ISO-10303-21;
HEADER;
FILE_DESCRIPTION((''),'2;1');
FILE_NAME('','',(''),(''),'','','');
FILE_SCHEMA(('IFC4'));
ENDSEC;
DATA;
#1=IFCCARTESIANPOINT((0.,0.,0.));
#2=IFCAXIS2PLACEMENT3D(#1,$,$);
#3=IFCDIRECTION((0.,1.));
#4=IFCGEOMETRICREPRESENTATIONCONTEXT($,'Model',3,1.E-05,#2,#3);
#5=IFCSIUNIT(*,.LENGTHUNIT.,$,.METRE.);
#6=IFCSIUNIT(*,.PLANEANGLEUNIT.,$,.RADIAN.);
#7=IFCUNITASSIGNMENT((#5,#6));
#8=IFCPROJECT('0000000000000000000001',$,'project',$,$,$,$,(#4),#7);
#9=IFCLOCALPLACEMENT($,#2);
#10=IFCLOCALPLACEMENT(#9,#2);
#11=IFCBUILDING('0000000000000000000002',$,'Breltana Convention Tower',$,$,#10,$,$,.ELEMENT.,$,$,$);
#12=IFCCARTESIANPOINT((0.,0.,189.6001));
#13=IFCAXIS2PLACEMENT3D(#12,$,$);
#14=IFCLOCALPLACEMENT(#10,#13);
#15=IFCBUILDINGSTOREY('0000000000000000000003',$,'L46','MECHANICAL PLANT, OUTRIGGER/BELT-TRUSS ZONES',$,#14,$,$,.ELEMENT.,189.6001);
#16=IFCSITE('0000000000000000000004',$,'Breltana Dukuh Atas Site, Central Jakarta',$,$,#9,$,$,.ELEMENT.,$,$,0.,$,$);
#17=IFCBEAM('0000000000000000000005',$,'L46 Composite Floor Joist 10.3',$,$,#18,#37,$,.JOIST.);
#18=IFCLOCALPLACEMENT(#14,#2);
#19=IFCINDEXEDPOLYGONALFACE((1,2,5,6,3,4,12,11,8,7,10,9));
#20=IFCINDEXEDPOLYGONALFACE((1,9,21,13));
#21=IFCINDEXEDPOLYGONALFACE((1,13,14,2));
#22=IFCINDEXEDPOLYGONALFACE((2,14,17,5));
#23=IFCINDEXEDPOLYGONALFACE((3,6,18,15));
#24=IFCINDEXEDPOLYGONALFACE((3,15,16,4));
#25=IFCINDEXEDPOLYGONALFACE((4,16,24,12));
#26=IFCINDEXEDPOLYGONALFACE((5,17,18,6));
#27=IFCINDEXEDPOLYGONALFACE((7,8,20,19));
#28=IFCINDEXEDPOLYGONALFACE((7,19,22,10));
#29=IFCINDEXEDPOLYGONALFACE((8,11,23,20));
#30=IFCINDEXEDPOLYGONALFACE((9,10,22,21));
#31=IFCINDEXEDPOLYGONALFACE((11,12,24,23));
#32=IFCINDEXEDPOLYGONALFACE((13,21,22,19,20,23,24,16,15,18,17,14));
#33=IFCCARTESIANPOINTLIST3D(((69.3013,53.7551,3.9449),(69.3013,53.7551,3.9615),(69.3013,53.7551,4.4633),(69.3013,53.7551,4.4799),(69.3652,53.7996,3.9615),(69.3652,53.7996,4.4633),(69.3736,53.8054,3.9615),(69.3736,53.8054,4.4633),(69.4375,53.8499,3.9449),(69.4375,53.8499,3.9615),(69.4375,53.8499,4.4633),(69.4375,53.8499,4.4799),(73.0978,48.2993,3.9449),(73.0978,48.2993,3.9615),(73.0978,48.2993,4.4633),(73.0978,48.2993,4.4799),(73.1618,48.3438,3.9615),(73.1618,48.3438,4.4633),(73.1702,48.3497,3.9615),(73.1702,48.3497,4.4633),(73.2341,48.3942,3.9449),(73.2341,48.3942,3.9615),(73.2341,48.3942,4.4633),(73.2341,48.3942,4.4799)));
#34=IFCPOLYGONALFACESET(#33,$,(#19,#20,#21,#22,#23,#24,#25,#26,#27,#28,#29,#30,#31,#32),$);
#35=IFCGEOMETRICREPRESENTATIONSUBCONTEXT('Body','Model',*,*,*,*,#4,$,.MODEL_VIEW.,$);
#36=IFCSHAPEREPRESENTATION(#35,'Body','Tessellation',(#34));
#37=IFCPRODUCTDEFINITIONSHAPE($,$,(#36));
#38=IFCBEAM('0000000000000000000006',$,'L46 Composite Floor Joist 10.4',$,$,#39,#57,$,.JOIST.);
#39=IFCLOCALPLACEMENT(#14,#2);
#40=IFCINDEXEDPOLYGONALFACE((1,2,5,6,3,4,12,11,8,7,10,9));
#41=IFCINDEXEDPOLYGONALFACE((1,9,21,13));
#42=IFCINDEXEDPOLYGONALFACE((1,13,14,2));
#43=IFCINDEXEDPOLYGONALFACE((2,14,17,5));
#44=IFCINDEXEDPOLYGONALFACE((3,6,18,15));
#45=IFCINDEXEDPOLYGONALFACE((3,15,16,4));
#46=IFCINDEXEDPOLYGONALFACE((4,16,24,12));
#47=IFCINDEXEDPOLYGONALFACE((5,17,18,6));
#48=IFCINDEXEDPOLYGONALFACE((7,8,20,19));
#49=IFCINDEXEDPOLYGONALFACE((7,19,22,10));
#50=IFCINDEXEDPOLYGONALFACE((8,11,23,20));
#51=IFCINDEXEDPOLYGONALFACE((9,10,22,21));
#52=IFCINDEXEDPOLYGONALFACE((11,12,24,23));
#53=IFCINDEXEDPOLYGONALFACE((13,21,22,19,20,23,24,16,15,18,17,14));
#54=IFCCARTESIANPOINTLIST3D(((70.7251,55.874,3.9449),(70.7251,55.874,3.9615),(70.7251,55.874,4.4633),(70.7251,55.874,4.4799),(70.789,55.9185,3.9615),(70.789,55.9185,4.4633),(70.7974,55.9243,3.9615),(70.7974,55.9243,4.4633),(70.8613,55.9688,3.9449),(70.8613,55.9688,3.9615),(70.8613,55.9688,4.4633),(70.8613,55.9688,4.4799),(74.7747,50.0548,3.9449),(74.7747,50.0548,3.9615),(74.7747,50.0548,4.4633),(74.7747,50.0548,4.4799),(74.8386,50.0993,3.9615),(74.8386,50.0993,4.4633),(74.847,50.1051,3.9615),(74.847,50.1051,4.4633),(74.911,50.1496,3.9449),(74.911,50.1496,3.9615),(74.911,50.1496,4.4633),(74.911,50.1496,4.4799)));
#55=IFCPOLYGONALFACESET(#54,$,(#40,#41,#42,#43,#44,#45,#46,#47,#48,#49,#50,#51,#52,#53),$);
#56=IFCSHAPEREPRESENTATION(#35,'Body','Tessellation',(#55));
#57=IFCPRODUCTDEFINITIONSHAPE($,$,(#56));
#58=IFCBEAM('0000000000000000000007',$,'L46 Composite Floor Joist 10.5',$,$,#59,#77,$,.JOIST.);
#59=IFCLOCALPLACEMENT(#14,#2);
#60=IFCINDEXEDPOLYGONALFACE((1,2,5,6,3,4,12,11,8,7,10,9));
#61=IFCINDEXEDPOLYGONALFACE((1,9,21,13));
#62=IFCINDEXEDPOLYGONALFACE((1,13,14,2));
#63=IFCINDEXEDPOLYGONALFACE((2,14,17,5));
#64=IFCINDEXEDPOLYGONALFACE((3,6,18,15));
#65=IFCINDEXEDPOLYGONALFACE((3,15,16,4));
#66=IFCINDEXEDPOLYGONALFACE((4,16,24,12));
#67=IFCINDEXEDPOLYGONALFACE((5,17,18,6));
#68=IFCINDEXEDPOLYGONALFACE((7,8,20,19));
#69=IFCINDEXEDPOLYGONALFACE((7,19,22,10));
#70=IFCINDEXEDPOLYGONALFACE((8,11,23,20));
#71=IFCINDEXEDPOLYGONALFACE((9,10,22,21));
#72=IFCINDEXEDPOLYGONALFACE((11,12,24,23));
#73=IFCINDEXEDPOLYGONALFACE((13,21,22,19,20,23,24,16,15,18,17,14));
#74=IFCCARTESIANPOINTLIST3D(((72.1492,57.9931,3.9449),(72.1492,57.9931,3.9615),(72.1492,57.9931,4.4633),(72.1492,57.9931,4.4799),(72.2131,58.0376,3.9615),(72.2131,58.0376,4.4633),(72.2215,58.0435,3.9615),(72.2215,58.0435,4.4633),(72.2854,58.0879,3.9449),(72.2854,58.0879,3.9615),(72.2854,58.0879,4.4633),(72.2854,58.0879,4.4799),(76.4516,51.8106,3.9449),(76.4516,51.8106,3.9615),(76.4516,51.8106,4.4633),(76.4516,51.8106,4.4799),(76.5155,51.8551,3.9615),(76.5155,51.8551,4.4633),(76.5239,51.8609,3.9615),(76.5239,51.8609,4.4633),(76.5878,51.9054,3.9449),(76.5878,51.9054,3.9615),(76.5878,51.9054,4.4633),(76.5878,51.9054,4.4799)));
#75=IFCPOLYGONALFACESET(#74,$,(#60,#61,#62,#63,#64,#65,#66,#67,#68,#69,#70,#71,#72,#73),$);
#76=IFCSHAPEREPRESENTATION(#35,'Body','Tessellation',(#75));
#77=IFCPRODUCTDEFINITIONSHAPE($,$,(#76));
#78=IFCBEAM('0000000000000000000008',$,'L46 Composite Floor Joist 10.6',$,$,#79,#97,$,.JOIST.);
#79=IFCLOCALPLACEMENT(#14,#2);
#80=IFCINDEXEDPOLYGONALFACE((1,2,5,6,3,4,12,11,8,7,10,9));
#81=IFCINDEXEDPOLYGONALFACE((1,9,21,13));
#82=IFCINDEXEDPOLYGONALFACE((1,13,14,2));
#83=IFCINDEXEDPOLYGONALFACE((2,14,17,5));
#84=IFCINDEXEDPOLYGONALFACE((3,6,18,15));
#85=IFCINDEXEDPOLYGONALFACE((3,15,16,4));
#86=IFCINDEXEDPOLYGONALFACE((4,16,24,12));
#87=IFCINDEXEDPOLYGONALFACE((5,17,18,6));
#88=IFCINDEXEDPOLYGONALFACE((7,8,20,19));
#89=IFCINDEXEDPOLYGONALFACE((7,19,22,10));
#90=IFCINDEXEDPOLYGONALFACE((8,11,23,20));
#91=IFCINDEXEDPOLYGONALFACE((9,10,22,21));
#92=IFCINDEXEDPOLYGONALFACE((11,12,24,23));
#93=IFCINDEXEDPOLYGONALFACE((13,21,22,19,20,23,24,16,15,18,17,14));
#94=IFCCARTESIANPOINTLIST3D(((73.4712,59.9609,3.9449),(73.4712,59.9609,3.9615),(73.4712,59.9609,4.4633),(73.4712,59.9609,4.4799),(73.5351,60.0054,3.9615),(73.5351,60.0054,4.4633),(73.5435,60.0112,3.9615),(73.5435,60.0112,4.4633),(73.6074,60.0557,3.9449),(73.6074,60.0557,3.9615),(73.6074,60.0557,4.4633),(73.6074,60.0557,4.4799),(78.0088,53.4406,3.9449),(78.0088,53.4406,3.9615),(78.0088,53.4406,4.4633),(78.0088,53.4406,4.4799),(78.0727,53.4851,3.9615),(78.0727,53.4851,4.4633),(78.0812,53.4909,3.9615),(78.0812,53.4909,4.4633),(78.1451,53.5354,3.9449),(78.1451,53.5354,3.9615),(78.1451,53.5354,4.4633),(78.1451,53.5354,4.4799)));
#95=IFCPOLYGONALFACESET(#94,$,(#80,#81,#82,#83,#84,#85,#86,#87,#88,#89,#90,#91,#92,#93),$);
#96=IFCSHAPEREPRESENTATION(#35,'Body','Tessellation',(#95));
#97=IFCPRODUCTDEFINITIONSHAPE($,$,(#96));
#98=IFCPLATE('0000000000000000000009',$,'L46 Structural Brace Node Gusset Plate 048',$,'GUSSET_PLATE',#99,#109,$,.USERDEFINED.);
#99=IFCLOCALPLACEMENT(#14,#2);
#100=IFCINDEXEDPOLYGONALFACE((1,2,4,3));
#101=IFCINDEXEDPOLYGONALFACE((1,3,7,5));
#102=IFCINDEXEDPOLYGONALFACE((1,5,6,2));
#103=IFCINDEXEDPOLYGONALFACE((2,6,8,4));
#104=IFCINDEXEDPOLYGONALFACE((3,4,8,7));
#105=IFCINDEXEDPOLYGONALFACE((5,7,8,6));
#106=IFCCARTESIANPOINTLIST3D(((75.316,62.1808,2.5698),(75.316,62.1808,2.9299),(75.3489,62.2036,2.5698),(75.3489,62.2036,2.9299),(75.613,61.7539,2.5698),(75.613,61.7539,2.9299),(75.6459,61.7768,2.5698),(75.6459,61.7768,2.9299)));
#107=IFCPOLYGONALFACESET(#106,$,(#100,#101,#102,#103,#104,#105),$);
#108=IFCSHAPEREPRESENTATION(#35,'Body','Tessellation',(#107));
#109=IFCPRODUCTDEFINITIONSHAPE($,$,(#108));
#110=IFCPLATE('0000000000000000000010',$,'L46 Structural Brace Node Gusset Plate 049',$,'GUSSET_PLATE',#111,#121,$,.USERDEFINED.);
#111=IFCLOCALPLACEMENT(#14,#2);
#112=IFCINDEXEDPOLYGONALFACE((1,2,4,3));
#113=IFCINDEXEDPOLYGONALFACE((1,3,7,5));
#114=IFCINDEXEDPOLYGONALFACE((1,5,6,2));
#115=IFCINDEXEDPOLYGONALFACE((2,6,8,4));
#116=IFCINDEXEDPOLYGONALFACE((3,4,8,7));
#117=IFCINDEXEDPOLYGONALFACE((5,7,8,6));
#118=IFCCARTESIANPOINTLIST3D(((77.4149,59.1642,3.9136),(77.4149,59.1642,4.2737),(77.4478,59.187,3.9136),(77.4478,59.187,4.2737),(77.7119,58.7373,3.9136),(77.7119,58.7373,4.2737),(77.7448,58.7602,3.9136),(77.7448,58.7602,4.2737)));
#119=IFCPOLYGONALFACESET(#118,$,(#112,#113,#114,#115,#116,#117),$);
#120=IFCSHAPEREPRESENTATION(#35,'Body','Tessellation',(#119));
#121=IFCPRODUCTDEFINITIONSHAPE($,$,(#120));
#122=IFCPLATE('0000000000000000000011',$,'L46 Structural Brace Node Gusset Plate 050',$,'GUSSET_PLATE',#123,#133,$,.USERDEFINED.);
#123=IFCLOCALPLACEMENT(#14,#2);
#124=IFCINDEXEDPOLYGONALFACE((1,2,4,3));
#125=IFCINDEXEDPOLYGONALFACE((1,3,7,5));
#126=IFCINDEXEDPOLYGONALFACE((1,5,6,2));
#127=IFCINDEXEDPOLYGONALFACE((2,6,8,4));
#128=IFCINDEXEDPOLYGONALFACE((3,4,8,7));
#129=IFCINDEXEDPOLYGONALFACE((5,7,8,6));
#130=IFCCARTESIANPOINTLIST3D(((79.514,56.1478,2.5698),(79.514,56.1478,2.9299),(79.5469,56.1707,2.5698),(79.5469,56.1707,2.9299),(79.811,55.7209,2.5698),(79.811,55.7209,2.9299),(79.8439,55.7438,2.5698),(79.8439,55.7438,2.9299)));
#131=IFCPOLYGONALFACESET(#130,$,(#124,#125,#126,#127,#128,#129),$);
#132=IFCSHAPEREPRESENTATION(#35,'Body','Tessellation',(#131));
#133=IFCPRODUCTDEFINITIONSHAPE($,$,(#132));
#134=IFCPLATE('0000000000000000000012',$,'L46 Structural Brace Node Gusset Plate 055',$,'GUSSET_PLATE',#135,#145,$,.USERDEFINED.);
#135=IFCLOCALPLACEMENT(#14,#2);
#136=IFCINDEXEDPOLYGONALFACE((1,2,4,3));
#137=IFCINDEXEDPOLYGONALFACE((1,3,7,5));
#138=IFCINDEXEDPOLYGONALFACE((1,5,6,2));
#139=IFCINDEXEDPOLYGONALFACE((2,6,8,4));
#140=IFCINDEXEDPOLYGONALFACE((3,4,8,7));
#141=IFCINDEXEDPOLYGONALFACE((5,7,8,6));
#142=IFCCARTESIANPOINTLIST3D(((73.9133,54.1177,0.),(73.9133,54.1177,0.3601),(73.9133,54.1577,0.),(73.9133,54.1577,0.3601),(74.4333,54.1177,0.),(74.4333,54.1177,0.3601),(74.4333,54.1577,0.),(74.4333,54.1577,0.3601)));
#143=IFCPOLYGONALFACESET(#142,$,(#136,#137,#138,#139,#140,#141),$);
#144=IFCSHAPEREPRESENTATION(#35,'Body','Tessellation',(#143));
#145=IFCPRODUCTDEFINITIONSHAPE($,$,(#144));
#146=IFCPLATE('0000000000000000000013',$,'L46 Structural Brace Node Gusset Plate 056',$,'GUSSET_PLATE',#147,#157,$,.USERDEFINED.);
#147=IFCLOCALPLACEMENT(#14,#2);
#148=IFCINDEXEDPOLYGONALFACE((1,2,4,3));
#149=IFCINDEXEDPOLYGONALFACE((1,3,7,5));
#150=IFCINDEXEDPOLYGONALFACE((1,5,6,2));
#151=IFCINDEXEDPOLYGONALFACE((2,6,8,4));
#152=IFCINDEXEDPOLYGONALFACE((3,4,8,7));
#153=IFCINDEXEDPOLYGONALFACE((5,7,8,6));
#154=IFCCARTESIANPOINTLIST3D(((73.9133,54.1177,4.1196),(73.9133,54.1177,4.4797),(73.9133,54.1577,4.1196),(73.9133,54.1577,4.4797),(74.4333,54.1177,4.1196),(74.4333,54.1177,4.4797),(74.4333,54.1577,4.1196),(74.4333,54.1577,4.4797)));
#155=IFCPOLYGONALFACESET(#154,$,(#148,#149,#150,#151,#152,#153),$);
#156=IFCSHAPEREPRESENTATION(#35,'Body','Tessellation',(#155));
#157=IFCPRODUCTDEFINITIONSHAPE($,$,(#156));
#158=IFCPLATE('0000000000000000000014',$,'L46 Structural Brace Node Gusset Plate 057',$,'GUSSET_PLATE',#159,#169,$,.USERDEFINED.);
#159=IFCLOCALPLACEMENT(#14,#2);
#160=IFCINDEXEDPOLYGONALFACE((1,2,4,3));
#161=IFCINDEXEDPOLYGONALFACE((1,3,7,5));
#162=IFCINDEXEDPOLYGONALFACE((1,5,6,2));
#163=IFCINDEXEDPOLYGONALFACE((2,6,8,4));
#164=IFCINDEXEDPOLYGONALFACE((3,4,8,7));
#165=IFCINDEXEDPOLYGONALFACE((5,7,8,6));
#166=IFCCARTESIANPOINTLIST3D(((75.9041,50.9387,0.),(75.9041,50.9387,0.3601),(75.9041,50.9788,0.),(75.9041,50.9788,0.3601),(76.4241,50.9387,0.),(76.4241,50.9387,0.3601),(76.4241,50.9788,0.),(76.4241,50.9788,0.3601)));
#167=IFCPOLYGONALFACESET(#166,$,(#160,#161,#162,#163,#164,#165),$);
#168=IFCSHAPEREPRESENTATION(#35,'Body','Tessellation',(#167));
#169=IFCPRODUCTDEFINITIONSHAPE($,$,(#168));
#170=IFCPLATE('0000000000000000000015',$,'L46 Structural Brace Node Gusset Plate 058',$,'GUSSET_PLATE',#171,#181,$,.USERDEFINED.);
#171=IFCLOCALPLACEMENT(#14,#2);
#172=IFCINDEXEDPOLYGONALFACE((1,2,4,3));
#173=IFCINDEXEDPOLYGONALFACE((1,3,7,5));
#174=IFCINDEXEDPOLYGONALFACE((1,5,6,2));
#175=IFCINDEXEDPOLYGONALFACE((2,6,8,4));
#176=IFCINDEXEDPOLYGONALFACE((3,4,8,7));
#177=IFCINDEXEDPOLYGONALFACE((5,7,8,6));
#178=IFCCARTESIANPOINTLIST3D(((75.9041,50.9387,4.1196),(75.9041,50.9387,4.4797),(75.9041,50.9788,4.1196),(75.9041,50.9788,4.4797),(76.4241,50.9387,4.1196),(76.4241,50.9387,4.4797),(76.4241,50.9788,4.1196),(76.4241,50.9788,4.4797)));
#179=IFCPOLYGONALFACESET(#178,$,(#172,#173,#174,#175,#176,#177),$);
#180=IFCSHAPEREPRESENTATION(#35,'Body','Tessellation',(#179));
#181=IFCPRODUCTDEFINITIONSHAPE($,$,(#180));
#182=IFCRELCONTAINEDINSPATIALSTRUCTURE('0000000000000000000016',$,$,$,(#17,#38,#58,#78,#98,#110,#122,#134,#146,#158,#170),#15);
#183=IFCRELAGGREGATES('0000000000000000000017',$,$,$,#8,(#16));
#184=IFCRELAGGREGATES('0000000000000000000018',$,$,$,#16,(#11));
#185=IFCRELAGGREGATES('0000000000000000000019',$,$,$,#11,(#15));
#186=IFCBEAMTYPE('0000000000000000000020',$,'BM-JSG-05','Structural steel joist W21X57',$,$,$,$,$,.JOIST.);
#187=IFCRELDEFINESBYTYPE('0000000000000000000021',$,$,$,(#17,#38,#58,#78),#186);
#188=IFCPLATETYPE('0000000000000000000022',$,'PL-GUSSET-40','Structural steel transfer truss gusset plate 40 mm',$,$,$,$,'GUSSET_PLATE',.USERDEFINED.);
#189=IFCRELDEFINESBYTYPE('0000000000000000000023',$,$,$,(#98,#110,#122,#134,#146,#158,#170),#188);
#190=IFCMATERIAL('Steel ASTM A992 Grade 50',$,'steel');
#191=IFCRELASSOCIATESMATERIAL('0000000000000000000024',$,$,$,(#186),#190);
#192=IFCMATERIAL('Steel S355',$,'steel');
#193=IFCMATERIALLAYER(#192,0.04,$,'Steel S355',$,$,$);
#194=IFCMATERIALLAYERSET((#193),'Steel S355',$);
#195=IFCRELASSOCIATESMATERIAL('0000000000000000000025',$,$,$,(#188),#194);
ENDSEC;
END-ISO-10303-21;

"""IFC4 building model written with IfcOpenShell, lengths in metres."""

from ifc_helpers import new_model, si_unit, direction, frame, origin, origin_2d, place, context, subcontext, project, spatial, rectangle, i_section, extrude, source, transform, mapped, material, layer, layer_set, material_profile, profile_set, type_object, element, save


model = new_model("IFC4")

# Units and contexts
model_context = context("Model", 3, precision=1e-05, world=origin(), true_north=direction((0.0, 1.0)))
body_context = subcontext(model_context, "Body", "Model", "MODEL_VIEW")
ifc_project = project(units=[si_unit("LENGTHUNIT", "METRE"), si_unit("PLANEANGLEUNIT", "RADIAN")], contexts=[model_context])

# Site, building, storey
site_placement = place(None, origin())
site = spatial("IfcSite", under=ifc_project, at=site_placement, Name="Breltana Dukuh Atas Site, Central Jakarta", CompositionType="ELEMENT", RefElevation=0.0)
building_placement = place(site_placement, origin())
building = spatial("IfcBuilding", under=site, at=building_placement, Name="Breltana Convention Tower", CompositionType="ELEMENT")
storey_placement = place(building_placement, frame((0.0, 0.0, 189.6001)))
storey = spatial("IfcBuildingStorey", under=building, at=storey_placement, Name="L46", Description="MECHANICAL PLANT, OUTRIGGER/BELT-TRUSS ZONES", CompositionType="ELEMENT", Elevation=189.6001)

# Beams
ifc_material_1 = material(Name="Steel ASTM A992 Grade 50", Category="steel")
ifc_material_profile_1 = material_profile(ifc_material_1, i_section(OverallWidth=0.166, OverallDepth=0.5349, WebThickness=0.0103, FlangeThickness=0.0166, at=origin_2d()), Name="W21X57")
ifc_profile_set_1 = profile_set([ifc_material_profile_1], Name="Steel ASTM A992 Grade 50")
beam_type = type_object("IfcBeamType", Name="BM-JSG-05", Description="Structural steel joist W21X57", PredefinedType="JOIST", material=ifc_profile_set_1)
shared_shape_1 = source(origin(), body_context, "Body", "SweptSolid", [
    extrude(i_section(OverallWidth=0.166, OverallDepth=0.5349, WebThickness=0.0103, FlangeThickness=0.0166, at=origin_2d()), origin(), (0.0, 0.0, 1.0), 6.6467),
])
beam_1_placement = place(storey_placement, frame((69.3694, 53.8025, 4.2124), z_axis=(0.571195, -0.820815, 0.0), x_axis=(0.820815, 0.571195, 0.0)))
element("IfcBeam", 1, at=beam_1_placement, inside=storey, type_object=beam_type, Name="L46 Composite Floor Joist 10.3", PredefinedType="JOIST", context=body_context, shape_type="MappedRepresentation", body=[
    mapped(shared_shape_1, transform((0.0, 0.0, 0.0), scale=1.0)),
])
shared_shape_2 = source(origin(), body_context, "Body", "SweptSolid", [
    extrude(i_section(OverallWidth=0.166, OverallDepth=0.5349, WebThickness=0.0103, FlangeThickness=0.0166, at=origin_2d()), origin(), (0.0, 0.0, 1.0), 7.0896),
])
beam_2_placement = place(storey_placement, frame((70.7932, 55.9214, 4.2124), z_axis=(0.571207, -0.820806, 0.0), x_axis=(0.820806, 0.571207, 0.0)))
element("IfcBeam", 2, at=beam_2_placement, inside=storey, type_object=beam_type, Name="L46 Composite Floor Joist 10.4", PredefinedType="JOIST", context=body_context, shape_type="MappedRepresentation", body=[
    mapped(shared_shape_2, transform((0.0, 0.0, 0.0), scale=1.0)),
])
shared_shape_3 = source(origin(), body_context, "Body", "SweptSolid", [
    extrude(i_section(OverallWidth=0.166, OverallDepth=0.5349, WebThickness=0.0103, FlangeThickness=0.0166, at=origin_2d()), origin(), (0.0, 0.0, 1.0), 7.5322),
])
beam_3_placement = place(storey_placement, frame((72.2173, 58.0405, 4.2124), z_axis=(0.571202, -0.820809, 0.0), x_axis=(0.820809, 0.571202, 0.0)))
element("IfcBeam", 3, at=beam_3_placement, inside=storey, type_object=beam_type, Name="L46 Composite Floor Joist 10.5", PredefinedType="JOIST", context=body_context, shape_type="MappedRepresentation", body=[
    mapped(shared_shape_3, transform((0.0, 0.0, 0.0), scale=1.0)),
])
shared_shape_4 = source(origin(), body_context, "Body", "SweptSolid", [
    extrude(i_section(OverallWidth=0.166, OverallDepth=0.5349, WebThickness=0.0103, FlangeThickness=0.0166, at=origin_2d()), origin(), (0.0, 0.0, 1.0), 7.9438),
])
beam_4_placement = place(storey_placement, frame((73.5393, 60.0083, 4.2124), z_axis=(0.571214, -0.820801, 0.0), x_axis=(0.820801, 0.571214, 0.0)))
element("IfcBeam", 4, at=beam_4_placement, inside=storey, type_object=beam_type, Name="L46 Composite Floor Joist 10.6", PredefinedType="JOIST", context=body_context, shape_type="MappedRepresentation", body=[
    mapped(shared_shape_4, transform((0.0, 0.0, 0.0), scale=1.0)),
])

# Plates
ifc_material_2 = material(Name="Steel S355", Category="steel")
ifc_layer = layer(ifc_material_2, 0.04, Name="Steel S355")
ifc_layer_set = layer_set([ifc_layer], Name="Steel S355")
plate_type = type_object("IfcPlateType", Name="PL-GUSSET-40", Description="Structural steel transfer truss gusset plate 40 mm", ElementType="GUSSET_PLATE", PredefinedType="USERDEFINED", material=ifc_layer_set)
shared_shape_5 = source(origin(), body_context, "Body", "SweptSolid", [
    extrude(rectangle(XDim=0.52, YDim=0.04, at=origin_2d()), origin(), (0.0, 0.0, 1.0), 0.3601),
])
for number, where, z_axis, x_axis, name in (
    (5, (75.481, 61.9788, 2.5698), (0.0, 0.0, 1.0), (0.571143, -0.82085, 0.0), "L46 Structural Brace Node Gusset Plate 048"),
    (6, (77.5798, 58.9622, 3.9136), (0.0, 0.0, 1.0), (0.571143, -0.82085, 0.0), "L46 Structural Brace Node Gusset Plate 049"),
    (7, (79.679, 55.9458, 2.5698), (0.0, 0.0, 1.0), (0.571143, -0.82085, 0.0), "L46 Structural Brace Node Gusset Plate 050"),
    (8, (74.1733, 54.1377, 0.0), (0.0, 0.0, 1.0), (1.0, 0.0, 0.0), "L46 Structural Brace Node Gusset Plate 055"),
    (9, (74.1733, 54.1377, 4.1196), (0.0, 0.0, 1.0), (1.0, 0.0, 0.0), "L46 Structural Brace Node Gusset Plate 056"),
    (10, (76.1641, 50.9587, 0.0), (0.0, 0.0, 1.0), (1.0, 0.0, 0.0), "L46 Structural Brace Node Gusset Plate 057"),
    (11, (76.1641, 50.9587, 4.1196), (0.0, 0.0, 1.0), (1.0, 0.0, 0.0), "L46 Structural Brace Node Gusset Plate 058"),
):
    element("IfcPlate", number, at=place(storey_placement, frame(where, z_axis=z_axis, x_axis=x_axis)), inside=storey, type_object=plate_type, Name=name, ObjectType="GUSSET_PLATE", PredefinedType="USERDEFINED", context=body_context, shape_type="MappedRepresentation", body=[
        mapped(shared_shape_5, transform((0.0, 0.0, 0.0), scale=1.0)),
    ])

save(model, "model.ifc")
